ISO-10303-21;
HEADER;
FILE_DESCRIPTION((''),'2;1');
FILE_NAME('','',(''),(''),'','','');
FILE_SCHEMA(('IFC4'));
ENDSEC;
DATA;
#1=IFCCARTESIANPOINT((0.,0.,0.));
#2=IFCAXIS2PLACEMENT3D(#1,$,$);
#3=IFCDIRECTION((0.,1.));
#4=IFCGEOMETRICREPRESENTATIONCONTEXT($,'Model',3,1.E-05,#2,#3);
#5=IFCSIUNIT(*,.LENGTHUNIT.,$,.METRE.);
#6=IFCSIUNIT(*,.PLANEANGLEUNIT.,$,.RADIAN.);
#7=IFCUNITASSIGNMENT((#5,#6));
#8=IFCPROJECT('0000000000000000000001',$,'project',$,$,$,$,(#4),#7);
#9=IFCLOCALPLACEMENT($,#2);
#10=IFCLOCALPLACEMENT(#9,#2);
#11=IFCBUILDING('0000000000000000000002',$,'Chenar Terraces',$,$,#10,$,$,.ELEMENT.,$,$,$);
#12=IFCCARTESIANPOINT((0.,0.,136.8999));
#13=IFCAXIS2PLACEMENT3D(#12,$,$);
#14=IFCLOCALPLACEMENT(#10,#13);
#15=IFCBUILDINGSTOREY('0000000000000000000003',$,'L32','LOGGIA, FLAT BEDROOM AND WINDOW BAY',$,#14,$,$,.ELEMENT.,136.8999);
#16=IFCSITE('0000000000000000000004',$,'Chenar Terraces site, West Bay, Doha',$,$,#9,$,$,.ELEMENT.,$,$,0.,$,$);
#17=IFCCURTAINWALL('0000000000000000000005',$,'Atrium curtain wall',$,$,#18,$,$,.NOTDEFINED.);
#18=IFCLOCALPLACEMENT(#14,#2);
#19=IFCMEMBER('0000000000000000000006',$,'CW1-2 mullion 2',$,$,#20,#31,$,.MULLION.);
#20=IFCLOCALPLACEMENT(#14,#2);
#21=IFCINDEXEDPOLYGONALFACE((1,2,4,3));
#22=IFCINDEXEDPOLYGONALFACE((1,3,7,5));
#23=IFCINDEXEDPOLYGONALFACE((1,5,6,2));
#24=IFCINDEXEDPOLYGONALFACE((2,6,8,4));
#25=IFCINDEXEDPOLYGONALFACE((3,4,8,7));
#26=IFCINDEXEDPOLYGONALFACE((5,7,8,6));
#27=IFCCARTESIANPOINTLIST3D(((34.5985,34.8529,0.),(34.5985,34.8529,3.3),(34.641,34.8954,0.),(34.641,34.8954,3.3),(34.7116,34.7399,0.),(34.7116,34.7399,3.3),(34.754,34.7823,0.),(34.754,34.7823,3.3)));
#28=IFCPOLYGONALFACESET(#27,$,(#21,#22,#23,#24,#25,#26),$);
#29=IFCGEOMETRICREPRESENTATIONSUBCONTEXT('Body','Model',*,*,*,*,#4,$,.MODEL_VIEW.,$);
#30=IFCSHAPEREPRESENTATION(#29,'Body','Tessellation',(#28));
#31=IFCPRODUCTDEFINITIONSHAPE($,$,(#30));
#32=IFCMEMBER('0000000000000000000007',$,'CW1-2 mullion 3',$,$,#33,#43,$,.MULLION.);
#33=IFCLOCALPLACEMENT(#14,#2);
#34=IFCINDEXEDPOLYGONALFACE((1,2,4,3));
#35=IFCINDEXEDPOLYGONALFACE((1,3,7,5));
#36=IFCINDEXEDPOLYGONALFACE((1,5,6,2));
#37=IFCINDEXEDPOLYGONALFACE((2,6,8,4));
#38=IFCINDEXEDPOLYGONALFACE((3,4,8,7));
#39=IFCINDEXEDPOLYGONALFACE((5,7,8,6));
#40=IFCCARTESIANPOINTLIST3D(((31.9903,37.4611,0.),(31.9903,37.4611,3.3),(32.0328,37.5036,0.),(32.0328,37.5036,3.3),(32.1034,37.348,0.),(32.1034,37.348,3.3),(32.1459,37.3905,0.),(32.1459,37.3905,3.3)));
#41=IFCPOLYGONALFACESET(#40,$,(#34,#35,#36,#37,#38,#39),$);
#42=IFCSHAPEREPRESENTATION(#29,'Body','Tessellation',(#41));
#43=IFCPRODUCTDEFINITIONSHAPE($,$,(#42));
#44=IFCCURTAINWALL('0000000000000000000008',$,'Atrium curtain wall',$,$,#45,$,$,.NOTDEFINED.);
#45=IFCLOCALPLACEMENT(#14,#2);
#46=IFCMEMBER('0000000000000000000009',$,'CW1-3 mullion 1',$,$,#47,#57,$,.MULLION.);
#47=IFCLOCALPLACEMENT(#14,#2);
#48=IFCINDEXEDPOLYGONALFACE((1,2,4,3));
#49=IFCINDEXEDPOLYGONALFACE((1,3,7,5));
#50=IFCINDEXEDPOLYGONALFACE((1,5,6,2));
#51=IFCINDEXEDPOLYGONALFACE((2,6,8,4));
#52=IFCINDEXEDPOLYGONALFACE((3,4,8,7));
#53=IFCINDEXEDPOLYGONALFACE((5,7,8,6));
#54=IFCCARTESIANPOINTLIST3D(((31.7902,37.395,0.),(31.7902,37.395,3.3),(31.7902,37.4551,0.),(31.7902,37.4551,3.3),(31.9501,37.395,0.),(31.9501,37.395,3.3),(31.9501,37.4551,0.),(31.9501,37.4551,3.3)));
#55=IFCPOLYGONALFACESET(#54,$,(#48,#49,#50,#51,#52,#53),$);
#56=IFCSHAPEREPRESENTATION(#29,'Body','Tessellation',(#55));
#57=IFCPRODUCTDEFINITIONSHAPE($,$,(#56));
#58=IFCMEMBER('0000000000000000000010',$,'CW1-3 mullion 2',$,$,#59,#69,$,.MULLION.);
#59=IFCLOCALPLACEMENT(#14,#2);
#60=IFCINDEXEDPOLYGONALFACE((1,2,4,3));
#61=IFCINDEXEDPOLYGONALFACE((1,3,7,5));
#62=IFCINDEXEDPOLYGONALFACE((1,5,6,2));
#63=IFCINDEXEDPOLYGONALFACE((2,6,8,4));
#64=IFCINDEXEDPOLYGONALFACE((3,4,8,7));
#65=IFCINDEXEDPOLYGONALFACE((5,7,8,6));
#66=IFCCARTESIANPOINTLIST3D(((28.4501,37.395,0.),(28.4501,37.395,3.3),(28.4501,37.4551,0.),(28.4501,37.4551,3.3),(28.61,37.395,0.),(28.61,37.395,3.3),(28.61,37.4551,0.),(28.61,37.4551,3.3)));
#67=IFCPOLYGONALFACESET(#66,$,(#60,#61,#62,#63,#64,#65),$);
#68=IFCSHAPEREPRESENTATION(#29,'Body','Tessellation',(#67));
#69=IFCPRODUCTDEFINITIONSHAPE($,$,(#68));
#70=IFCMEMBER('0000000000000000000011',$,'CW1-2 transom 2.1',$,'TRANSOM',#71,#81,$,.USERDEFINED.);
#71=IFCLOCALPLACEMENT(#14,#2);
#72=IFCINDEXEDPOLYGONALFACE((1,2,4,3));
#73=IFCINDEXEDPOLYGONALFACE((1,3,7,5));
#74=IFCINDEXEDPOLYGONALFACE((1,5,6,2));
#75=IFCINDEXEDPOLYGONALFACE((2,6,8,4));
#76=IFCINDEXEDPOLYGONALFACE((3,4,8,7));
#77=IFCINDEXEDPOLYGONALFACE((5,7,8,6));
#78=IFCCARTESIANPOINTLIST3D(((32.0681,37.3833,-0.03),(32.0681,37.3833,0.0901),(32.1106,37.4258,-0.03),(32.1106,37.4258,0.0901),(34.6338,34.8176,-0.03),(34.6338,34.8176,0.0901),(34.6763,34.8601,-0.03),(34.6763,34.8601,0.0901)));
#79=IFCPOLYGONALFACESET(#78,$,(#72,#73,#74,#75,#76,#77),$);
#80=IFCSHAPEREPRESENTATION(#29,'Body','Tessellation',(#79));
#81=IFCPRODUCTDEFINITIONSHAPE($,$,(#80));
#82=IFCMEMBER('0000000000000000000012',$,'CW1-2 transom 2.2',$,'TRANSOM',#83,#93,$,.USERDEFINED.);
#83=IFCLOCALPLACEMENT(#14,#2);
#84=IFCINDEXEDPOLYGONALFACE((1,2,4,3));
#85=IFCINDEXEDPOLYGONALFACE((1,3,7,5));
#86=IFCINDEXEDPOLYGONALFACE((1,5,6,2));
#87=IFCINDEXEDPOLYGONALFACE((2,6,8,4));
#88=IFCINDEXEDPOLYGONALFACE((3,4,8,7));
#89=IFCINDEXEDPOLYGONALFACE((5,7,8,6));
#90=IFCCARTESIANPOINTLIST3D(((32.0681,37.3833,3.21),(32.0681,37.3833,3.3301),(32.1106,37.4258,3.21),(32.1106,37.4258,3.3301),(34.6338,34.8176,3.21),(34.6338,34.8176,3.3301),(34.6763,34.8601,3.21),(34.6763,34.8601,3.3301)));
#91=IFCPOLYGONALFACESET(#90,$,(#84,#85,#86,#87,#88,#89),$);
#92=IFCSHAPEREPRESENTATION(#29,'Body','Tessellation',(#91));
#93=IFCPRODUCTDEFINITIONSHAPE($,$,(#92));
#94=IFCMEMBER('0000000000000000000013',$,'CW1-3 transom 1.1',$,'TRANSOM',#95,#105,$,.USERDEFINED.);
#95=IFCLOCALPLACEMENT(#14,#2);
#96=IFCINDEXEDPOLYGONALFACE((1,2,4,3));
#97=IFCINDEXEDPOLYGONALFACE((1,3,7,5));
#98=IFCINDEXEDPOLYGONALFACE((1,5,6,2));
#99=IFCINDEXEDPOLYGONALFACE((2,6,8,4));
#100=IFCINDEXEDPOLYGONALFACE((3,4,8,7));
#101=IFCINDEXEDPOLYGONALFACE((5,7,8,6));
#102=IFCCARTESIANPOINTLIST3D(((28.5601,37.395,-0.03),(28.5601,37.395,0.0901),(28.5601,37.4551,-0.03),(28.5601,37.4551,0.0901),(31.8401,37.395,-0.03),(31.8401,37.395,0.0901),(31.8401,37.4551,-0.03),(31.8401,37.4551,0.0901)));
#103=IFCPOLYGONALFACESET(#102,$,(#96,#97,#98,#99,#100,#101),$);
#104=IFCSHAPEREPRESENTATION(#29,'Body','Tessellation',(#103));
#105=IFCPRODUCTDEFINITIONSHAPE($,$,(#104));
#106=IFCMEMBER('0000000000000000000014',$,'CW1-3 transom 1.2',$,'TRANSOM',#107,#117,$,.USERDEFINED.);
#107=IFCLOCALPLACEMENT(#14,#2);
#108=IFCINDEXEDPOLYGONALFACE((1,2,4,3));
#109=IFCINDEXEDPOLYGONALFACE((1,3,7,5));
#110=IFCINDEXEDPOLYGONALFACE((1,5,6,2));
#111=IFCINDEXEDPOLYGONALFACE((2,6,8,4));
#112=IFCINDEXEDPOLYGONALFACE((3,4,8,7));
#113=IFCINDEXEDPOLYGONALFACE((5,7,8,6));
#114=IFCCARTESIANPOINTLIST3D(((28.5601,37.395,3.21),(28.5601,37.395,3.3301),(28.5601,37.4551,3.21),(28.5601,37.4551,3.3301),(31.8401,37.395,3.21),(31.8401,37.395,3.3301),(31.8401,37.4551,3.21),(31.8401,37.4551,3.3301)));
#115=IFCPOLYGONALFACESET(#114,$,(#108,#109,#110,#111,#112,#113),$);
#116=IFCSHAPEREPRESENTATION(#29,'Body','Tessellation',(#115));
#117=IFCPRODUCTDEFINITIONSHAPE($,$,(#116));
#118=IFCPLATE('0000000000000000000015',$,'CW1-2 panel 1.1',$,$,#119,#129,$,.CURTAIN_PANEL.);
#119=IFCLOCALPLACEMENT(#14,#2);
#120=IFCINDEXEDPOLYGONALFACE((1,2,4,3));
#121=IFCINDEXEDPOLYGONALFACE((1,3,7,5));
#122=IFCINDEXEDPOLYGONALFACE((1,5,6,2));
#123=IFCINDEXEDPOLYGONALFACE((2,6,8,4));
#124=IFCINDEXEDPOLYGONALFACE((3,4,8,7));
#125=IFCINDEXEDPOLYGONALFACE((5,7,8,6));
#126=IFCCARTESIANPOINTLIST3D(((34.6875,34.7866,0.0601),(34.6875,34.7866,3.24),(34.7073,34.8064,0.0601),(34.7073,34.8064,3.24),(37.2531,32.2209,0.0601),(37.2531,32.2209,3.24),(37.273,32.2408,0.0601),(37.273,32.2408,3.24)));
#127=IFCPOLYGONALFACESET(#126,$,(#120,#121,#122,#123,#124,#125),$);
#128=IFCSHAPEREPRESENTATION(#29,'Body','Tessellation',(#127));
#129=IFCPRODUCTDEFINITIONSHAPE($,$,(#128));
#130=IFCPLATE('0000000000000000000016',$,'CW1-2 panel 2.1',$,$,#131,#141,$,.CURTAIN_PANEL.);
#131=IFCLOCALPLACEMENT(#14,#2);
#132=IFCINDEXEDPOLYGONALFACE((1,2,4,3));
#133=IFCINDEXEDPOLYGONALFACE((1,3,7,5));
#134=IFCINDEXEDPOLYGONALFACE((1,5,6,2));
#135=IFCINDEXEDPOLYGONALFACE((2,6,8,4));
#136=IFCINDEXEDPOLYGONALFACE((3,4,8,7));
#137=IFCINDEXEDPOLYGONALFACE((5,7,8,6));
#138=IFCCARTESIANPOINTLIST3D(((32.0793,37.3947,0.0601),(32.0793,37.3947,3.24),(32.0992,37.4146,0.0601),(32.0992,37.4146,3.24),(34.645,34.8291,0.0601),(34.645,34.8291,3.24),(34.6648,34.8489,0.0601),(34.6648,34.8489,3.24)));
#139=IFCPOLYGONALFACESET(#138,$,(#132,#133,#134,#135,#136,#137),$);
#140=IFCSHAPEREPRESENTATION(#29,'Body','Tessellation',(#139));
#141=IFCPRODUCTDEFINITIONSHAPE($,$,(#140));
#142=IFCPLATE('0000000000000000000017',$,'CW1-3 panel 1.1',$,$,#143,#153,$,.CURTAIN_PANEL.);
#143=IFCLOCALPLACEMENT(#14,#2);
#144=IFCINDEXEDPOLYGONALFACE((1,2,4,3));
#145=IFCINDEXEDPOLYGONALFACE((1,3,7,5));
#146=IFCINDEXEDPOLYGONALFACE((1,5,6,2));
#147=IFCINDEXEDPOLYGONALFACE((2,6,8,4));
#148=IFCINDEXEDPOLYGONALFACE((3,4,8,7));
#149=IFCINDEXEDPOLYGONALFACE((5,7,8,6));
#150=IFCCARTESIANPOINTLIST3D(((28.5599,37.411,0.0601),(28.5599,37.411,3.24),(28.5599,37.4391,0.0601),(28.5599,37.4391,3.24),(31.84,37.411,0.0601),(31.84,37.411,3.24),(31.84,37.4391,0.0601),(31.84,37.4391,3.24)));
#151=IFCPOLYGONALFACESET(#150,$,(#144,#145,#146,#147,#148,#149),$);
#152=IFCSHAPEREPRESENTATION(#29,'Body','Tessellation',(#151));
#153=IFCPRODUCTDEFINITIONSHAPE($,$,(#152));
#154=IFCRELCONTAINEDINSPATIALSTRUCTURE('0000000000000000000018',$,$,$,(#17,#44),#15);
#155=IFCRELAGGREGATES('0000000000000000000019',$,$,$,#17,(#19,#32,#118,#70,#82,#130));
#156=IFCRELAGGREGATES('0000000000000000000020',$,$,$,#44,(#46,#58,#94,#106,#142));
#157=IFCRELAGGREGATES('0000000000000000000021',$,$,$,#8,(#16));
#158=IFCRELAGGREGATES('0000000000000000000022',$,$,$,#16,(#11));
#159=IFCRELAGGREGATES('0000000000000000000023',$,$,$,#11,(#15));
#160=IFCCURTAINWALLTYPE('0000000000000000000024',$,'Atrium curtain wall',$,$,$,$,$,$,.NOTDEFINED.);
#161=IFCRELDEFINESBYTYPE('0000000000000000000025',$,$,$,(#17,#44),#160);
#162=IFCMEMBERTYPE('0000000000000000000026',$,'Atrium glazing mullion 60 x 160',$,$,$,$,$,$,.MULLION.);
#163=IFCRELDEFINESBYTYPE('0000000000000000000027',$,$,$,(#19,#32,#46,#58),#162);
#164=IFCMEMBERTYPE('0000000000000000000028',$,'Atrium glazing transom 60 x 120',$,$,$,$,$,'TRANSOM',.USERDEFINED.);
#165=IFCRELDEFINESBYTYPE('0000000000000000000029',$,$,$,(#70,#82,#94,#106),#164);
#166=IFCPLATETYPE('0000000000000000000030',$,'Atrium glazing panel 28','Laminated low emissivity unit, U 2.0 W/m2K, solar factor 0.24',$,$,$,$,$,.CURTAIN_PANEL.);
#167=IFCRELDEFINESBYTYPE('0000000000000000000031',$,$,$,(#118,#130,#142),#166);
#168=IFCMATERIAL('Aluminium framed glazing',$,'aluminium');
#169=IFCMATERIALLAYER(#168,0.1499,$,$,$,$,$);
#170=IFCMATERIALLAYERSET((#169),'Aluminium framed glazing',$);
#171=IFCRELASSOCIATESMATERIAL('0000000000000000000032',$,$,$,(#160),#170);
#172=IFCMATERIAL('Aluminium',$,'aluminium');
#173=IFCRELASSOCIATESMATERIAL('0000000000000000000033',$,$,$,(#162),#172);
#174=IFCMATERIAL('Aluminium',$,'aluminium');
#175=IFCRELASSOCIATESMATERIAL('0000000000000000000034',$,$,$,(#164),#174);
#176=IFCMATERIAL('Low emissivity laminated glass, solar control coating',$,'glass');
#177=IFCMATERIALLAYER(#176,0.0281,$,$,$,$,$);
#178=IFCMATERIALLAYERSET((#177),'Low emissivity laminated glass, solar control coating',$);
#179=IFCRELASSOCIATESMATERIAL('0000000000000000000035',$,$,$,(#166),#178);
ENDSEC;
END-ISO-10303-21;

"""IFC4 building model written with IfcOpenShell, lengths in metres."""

from ifc_helpers import new_model, si_unit, direction, frame, origin, origin_2d, place, context, subcontext, project, spatial, rectangle, extrude, material, layer, layer_set, material_profile, profile_set, type_object, element, aggregate, save


model = new_model("IFC4")

# Units and contexts
model_context = context("Model", 3, precision=1e-05, world=origin(), true_north=direction((0.0, 1.0)))
body_context = subcontext(model_context, "Body", "Model", "MODEL_VIEW")
ifc_project = project(units=[si_unit("LENGTHUNIT", "METRE"), si_unit("PLANEANGLEUNIT", "RADIAN")], contexts=[model_context])

# Site, building, storey
site_placement = place(None, origin())
site = spatial("IfcSite", under=ifc_project, at=site_placement, Name="Chenar Terraces site, West Bay, Doha", CompositionType="ELEMENT", RefElevation=0.0)
building_placement = place(site_placement, origin())
building = spatial("IfcBuilding", under=site, at=building_placement, Name="Chenar Terraces", CompositionType="ELEMENT")
storey_placement = place(building_placement, frame((0.0, 0.0, 136.8999)))
storey = spatial("IfcBuildingStorey", under=building, at=storey_placement, Name="L32", Description="LOGGIA, FLAT BEDROOM AND WINDOW BAY", CompositionType="ELEMENT", Elevation=136.8999)

# Curtain walls, members
ifc_material_1 = material(Name="Aluminium framed glazing", Category="aluminium")
ifc_layer_1 = layer(ifc_material_1, 0.1499)
ifc_layer_set_1 = layer_set([ifc_layer_1], Name="Aluminium framed glazing")
curtain_wall_type = type_object("IfcCurtainWallType", Name="Atrium curtain wall", PredefinedType="NOTDEFINED", material=ifc_layer_set_1)
placement = place(storey_placement, origin())
curtain_wall_1 = element("IfcCurtainWall", 1, at=placement, inside=storey, type_object=curtain_wall_type, Name="Atrium curtain wall", PredefinedType="NOTDEFINED")
ifc_material_2 = material(Name="Aluminium", Category="aluminium")
ifc_material_profile_1 = material_profile(ifc_material_2, rectangle(XDim=0.0601, YDim=0.1599, at=origin_2d()), Name="Atrium glazing mullion 60 x 160")
ifc_profile_set_1 = profile_set([ifc_material_profile_1], Name="Aluminium")
member_type_1 = type_object("IfcMemberType", Name="Atrium glazing mullion 60 x 160", PredefinedType="MULLION", material=ifc_profile_set_1)
member_1_placement = place(storey_placement, frame((34.6763, 34.8176, 0.0), z_axis=(0.0, 0.0, 1.0), x_axis=(-0.707107, -0.707107, 0.0)))
member_1 = element("IfcMember", 2, at=member_1_placement, type_object=member_type_1, Name="CW1-2 mullion 2", PredefinedType="MULLION", context=body_context, shape_type="SweptSolid", body=[
    extrude(rectangle(XDim=0.0601, YDim=0.1599, at=origin_2d()), origin(), (0.0, 0.0, 1.0), 3.3),
])
member_2_placement = place(storey_placement, frame((32.0681, 37.4258, 0.0), z_axis=(0.0, 0.0, 1.0), x_axis=(-0.707107, -0.707107, 0.0)))
member_2 = element("IfcMember", 3, at=member_2_placement, type_object=member_type_1, Name="CW1-2 mullion 3", PredefinedType="MULLION", context=body_context, shape_type="SweptSolid", body=[
    extrude(rectangle(XDim=0.0601, YDim=0.1599, at=origin_2d()), origin(), (0.0, 0.0, 1.0), 3.3),
])
curtain_wall_2 = element("IfcCurtainWall", 4, at=placement, inside=storey, type_object=curtain_wall_type, Name="Atrium curtain wall", PredefinedType="NOTDEFINED")
member_3_placement = place(storey_placement, frame((31.8701, 37.425, 0.0), z_axis=(0.0, 0.0, 1.0), x_axis=(0.0, -1.0, 0.0)))
member_3 = element("IfcMember", 5, at=member_3_placement, type_object=member_type_1, Name="CW1-3 mullion 1", PredefinedType="MULLION", context=body_context, shape_type="SweptSolid", body=[
    extrude(rectangle(XDim=0.0601, YDim=0.1599, at=origin_2d()), origin(), (0.0, 0.0, 1.0), 3.3),
])
member_4_placement = place(storey_placement, frame((28.53, 37.425, 0.0), z_axis=(0.0, 0.0, 1.0), x_axis=(0.0, -1.0, 0.0)))
member_4 = element("IfcMember", 6, at=member_4_placement, type_object=member_type_1, Name="CW1-3 mullion 2", PredefinedType="MULLION", context=body_context, shape_type="SweptSolid", body=[
    extrude(rectangle(XDim=0.0601, YDim=0.1599, at=origin_2d()), origin(), (0.0, 0.0, 1.0), 3.3),
])

# Members
ifc_material_3 = material(Name="Aluminium", Category="aluminium")
ifc_material_profile_2 = material_profile(ifc_material_3, rectangle(XDim=0.0601, YDim=0.1201, at=origin_2d()), Name="Atrium glazing transom 60 x 120")
ifc_profile_set_2 = profile_set([ifc_material_profile_2], Name="Aluminium")
member_type_2 = type_object("IfcMemberType", Name="Atrium glazing transom 60 x 120", ElementType="TRANSOM", PredefinedType="USERDEFINED", material=ifc_profile_set_2)
member_5_placement = place(storey_placement, frame((34.655, 34.8389, 0.03), z_axis=(-0.707107, 0.707107, 0.0), x_axis=(-0.707107, -0.707107, 0.0)))
member_5 = element("IfcMember", 7, at=member_5_placement, type_object=member_type_2, Name="CW1-2 transom 2.1", ObjectType="TRANSOM", PredefinedType="USERDEFINED", context=body_context, shape_type="SweptSolid", body=[
    extrude(rectangle(XDim=0.0601, YDim=0.1201, at=origin_2d()), origin(), (0.0, 0.0, 1.0), 3.6284),
])
member_6_placement = place(storey_placement, frame((34.655, 34.8389, 3.27), z_axis=(-0.707107, 0.707107, 0.0), x_axis=(-0.707107, -0.707107, 0.0)))
member_6 = element("IfcMember", 8, at=member_6_placement, type_object=member_type_2, Name="CW1-2 transom 2.2", ObjectType="TRANSOM", PredefinedType="USERDEFINED", context=body_context, shape_type="SweptSolid", body=[
    extrude(rectangle(XDim=0.0601, YDim=0.1201, at=origin_2d()), origin(), (0.0, 0.0, 1.0), 3.6284),
])
member_7_placement = place(storey_placement, frame((31.8401, 37.425, 0.03), z_axis=(-1.0, 0.0, 0.0), x_axis=(0.0, -1.0, 0.0)))
member_7 = element("IfcMember", 9, at=member_7_placement, type_object=member_type_2, Name="CW1-3 transom 1.1", ObjectType="TRANSOM", PredefinedType="USERDEFINED", context=body_context, shape_type="SweptSolid", body=[
    extrude(rectangle(XDim=0.0601, YDim=0.1201, at=origin_2d()), origin(), (0.0, 0.0, 1.0), 3.28),
])
member_8_placement = place(storey_placement, frame((31.8401, 37.425, 3.27), z_axis=(-1.0, 0.0, 0.0), x_axis=(0.0, -1.0, 0.0)))
member_8 = element("IfcMember", 10, at=member_8_placement, type_object=member_type_2, Name="CW1-3 transom 1.2", ObjectType="TRANSOM", PredefinedType="USERDEFINED", context=body_context, shape_type="SweptSolid", body=[
    extrude(rectangle(XDim=0.0601, YDim=0.1201, at=origin_2d()), origin(), (0.0, 0.0, 1.0), 3.28),
])

# Plates
ifc_material_4 = material(Name="Low emissivity laminated glass, solar control coating", Category="glass")
ifc_layer_2 = layer(ifc_material_4, 0.0281)
ifc_layer_set_2 = layer_set([ifc_layer_2], Name="Low emissivity laminated glass, solar control coating")
plate_type = type_object("IfcPlateType", Name="Atrium glazing panel 28", Description="Laminated low emissivity unit, U 2.0 W/m2K, solar factor 0.24", PredefinedType="CURTAIN_PANEL", material=ifc_layer_set_2)
plate_1_placement = place(storey_placement, frame((35.9802, 33.5137, 0.0601), z_axis=(0.0, 0.0, 1.0), x_axis=(-0.707107, 0.707107, 0.0)))
plate_1 = element("IfcPlate", 11, at=plate_1_placement, type_object=plate_type, Name="CW1-2 panel 1.1", PredefinedType="CURTAIN_PANEL", context=body_context, shape_type="SweptSolid", body=[
    extrude(rectangle(XDim=3.6284, YDim=0.0281, at=origin_2d()), origin(), (0.0, 0.0, 1.0), 3.1799),
])
plate_2_placement = place(storey_placement, frame((33.3721, 36.1218, 0.0601), z_axis=(0.0, 0.0, 1.0), x_axis=(-0.707107, 0.707107, 0.0)))
plate_2 = element("IfcPlate", 12, at=plate_2_placement, type_object=plate_type, Name="CW1-2 panel 2.1", PredefinedType="CURTAIN_PANEL", context=body_context, shape_type="SweptSolid", body=[
    extrude(rectangle(XDim=3.6284, YDim=0.0281, at=origin_2d()), origin(), (0.0, 0.0, 1.0), 3.1799),
])
aggregate(curtain_wall_1, [member_1, member_2, plate_1, member_5, member_6, plate_2])
plate_3_placement = place(storey_placement, frame((30.2, 37.425, 0.0601), z_axis=(0.0, 0.0, 1.0), x_axis=(-1.0, 0.0, 0.0)))
plate_3 = element("IfcPlate", 13, at=plate_3_placement, type_object=plate_type, Name="CW1-3 panel 1.1", PredefinedType="CURTAIN_PANEL", context=body_context, shape_type="SweptSolid", body=[
    extrude(rectangle(XDim=3.28, YDim=0.0281, at=origin_2d()), origin(), (0.0, 0.0, 1.0), 3.1799),
])
aggregate(curtain_wall_2, [member_3, member_4, member_7, member_8, plate_3])

save(model, "model.ifc")
